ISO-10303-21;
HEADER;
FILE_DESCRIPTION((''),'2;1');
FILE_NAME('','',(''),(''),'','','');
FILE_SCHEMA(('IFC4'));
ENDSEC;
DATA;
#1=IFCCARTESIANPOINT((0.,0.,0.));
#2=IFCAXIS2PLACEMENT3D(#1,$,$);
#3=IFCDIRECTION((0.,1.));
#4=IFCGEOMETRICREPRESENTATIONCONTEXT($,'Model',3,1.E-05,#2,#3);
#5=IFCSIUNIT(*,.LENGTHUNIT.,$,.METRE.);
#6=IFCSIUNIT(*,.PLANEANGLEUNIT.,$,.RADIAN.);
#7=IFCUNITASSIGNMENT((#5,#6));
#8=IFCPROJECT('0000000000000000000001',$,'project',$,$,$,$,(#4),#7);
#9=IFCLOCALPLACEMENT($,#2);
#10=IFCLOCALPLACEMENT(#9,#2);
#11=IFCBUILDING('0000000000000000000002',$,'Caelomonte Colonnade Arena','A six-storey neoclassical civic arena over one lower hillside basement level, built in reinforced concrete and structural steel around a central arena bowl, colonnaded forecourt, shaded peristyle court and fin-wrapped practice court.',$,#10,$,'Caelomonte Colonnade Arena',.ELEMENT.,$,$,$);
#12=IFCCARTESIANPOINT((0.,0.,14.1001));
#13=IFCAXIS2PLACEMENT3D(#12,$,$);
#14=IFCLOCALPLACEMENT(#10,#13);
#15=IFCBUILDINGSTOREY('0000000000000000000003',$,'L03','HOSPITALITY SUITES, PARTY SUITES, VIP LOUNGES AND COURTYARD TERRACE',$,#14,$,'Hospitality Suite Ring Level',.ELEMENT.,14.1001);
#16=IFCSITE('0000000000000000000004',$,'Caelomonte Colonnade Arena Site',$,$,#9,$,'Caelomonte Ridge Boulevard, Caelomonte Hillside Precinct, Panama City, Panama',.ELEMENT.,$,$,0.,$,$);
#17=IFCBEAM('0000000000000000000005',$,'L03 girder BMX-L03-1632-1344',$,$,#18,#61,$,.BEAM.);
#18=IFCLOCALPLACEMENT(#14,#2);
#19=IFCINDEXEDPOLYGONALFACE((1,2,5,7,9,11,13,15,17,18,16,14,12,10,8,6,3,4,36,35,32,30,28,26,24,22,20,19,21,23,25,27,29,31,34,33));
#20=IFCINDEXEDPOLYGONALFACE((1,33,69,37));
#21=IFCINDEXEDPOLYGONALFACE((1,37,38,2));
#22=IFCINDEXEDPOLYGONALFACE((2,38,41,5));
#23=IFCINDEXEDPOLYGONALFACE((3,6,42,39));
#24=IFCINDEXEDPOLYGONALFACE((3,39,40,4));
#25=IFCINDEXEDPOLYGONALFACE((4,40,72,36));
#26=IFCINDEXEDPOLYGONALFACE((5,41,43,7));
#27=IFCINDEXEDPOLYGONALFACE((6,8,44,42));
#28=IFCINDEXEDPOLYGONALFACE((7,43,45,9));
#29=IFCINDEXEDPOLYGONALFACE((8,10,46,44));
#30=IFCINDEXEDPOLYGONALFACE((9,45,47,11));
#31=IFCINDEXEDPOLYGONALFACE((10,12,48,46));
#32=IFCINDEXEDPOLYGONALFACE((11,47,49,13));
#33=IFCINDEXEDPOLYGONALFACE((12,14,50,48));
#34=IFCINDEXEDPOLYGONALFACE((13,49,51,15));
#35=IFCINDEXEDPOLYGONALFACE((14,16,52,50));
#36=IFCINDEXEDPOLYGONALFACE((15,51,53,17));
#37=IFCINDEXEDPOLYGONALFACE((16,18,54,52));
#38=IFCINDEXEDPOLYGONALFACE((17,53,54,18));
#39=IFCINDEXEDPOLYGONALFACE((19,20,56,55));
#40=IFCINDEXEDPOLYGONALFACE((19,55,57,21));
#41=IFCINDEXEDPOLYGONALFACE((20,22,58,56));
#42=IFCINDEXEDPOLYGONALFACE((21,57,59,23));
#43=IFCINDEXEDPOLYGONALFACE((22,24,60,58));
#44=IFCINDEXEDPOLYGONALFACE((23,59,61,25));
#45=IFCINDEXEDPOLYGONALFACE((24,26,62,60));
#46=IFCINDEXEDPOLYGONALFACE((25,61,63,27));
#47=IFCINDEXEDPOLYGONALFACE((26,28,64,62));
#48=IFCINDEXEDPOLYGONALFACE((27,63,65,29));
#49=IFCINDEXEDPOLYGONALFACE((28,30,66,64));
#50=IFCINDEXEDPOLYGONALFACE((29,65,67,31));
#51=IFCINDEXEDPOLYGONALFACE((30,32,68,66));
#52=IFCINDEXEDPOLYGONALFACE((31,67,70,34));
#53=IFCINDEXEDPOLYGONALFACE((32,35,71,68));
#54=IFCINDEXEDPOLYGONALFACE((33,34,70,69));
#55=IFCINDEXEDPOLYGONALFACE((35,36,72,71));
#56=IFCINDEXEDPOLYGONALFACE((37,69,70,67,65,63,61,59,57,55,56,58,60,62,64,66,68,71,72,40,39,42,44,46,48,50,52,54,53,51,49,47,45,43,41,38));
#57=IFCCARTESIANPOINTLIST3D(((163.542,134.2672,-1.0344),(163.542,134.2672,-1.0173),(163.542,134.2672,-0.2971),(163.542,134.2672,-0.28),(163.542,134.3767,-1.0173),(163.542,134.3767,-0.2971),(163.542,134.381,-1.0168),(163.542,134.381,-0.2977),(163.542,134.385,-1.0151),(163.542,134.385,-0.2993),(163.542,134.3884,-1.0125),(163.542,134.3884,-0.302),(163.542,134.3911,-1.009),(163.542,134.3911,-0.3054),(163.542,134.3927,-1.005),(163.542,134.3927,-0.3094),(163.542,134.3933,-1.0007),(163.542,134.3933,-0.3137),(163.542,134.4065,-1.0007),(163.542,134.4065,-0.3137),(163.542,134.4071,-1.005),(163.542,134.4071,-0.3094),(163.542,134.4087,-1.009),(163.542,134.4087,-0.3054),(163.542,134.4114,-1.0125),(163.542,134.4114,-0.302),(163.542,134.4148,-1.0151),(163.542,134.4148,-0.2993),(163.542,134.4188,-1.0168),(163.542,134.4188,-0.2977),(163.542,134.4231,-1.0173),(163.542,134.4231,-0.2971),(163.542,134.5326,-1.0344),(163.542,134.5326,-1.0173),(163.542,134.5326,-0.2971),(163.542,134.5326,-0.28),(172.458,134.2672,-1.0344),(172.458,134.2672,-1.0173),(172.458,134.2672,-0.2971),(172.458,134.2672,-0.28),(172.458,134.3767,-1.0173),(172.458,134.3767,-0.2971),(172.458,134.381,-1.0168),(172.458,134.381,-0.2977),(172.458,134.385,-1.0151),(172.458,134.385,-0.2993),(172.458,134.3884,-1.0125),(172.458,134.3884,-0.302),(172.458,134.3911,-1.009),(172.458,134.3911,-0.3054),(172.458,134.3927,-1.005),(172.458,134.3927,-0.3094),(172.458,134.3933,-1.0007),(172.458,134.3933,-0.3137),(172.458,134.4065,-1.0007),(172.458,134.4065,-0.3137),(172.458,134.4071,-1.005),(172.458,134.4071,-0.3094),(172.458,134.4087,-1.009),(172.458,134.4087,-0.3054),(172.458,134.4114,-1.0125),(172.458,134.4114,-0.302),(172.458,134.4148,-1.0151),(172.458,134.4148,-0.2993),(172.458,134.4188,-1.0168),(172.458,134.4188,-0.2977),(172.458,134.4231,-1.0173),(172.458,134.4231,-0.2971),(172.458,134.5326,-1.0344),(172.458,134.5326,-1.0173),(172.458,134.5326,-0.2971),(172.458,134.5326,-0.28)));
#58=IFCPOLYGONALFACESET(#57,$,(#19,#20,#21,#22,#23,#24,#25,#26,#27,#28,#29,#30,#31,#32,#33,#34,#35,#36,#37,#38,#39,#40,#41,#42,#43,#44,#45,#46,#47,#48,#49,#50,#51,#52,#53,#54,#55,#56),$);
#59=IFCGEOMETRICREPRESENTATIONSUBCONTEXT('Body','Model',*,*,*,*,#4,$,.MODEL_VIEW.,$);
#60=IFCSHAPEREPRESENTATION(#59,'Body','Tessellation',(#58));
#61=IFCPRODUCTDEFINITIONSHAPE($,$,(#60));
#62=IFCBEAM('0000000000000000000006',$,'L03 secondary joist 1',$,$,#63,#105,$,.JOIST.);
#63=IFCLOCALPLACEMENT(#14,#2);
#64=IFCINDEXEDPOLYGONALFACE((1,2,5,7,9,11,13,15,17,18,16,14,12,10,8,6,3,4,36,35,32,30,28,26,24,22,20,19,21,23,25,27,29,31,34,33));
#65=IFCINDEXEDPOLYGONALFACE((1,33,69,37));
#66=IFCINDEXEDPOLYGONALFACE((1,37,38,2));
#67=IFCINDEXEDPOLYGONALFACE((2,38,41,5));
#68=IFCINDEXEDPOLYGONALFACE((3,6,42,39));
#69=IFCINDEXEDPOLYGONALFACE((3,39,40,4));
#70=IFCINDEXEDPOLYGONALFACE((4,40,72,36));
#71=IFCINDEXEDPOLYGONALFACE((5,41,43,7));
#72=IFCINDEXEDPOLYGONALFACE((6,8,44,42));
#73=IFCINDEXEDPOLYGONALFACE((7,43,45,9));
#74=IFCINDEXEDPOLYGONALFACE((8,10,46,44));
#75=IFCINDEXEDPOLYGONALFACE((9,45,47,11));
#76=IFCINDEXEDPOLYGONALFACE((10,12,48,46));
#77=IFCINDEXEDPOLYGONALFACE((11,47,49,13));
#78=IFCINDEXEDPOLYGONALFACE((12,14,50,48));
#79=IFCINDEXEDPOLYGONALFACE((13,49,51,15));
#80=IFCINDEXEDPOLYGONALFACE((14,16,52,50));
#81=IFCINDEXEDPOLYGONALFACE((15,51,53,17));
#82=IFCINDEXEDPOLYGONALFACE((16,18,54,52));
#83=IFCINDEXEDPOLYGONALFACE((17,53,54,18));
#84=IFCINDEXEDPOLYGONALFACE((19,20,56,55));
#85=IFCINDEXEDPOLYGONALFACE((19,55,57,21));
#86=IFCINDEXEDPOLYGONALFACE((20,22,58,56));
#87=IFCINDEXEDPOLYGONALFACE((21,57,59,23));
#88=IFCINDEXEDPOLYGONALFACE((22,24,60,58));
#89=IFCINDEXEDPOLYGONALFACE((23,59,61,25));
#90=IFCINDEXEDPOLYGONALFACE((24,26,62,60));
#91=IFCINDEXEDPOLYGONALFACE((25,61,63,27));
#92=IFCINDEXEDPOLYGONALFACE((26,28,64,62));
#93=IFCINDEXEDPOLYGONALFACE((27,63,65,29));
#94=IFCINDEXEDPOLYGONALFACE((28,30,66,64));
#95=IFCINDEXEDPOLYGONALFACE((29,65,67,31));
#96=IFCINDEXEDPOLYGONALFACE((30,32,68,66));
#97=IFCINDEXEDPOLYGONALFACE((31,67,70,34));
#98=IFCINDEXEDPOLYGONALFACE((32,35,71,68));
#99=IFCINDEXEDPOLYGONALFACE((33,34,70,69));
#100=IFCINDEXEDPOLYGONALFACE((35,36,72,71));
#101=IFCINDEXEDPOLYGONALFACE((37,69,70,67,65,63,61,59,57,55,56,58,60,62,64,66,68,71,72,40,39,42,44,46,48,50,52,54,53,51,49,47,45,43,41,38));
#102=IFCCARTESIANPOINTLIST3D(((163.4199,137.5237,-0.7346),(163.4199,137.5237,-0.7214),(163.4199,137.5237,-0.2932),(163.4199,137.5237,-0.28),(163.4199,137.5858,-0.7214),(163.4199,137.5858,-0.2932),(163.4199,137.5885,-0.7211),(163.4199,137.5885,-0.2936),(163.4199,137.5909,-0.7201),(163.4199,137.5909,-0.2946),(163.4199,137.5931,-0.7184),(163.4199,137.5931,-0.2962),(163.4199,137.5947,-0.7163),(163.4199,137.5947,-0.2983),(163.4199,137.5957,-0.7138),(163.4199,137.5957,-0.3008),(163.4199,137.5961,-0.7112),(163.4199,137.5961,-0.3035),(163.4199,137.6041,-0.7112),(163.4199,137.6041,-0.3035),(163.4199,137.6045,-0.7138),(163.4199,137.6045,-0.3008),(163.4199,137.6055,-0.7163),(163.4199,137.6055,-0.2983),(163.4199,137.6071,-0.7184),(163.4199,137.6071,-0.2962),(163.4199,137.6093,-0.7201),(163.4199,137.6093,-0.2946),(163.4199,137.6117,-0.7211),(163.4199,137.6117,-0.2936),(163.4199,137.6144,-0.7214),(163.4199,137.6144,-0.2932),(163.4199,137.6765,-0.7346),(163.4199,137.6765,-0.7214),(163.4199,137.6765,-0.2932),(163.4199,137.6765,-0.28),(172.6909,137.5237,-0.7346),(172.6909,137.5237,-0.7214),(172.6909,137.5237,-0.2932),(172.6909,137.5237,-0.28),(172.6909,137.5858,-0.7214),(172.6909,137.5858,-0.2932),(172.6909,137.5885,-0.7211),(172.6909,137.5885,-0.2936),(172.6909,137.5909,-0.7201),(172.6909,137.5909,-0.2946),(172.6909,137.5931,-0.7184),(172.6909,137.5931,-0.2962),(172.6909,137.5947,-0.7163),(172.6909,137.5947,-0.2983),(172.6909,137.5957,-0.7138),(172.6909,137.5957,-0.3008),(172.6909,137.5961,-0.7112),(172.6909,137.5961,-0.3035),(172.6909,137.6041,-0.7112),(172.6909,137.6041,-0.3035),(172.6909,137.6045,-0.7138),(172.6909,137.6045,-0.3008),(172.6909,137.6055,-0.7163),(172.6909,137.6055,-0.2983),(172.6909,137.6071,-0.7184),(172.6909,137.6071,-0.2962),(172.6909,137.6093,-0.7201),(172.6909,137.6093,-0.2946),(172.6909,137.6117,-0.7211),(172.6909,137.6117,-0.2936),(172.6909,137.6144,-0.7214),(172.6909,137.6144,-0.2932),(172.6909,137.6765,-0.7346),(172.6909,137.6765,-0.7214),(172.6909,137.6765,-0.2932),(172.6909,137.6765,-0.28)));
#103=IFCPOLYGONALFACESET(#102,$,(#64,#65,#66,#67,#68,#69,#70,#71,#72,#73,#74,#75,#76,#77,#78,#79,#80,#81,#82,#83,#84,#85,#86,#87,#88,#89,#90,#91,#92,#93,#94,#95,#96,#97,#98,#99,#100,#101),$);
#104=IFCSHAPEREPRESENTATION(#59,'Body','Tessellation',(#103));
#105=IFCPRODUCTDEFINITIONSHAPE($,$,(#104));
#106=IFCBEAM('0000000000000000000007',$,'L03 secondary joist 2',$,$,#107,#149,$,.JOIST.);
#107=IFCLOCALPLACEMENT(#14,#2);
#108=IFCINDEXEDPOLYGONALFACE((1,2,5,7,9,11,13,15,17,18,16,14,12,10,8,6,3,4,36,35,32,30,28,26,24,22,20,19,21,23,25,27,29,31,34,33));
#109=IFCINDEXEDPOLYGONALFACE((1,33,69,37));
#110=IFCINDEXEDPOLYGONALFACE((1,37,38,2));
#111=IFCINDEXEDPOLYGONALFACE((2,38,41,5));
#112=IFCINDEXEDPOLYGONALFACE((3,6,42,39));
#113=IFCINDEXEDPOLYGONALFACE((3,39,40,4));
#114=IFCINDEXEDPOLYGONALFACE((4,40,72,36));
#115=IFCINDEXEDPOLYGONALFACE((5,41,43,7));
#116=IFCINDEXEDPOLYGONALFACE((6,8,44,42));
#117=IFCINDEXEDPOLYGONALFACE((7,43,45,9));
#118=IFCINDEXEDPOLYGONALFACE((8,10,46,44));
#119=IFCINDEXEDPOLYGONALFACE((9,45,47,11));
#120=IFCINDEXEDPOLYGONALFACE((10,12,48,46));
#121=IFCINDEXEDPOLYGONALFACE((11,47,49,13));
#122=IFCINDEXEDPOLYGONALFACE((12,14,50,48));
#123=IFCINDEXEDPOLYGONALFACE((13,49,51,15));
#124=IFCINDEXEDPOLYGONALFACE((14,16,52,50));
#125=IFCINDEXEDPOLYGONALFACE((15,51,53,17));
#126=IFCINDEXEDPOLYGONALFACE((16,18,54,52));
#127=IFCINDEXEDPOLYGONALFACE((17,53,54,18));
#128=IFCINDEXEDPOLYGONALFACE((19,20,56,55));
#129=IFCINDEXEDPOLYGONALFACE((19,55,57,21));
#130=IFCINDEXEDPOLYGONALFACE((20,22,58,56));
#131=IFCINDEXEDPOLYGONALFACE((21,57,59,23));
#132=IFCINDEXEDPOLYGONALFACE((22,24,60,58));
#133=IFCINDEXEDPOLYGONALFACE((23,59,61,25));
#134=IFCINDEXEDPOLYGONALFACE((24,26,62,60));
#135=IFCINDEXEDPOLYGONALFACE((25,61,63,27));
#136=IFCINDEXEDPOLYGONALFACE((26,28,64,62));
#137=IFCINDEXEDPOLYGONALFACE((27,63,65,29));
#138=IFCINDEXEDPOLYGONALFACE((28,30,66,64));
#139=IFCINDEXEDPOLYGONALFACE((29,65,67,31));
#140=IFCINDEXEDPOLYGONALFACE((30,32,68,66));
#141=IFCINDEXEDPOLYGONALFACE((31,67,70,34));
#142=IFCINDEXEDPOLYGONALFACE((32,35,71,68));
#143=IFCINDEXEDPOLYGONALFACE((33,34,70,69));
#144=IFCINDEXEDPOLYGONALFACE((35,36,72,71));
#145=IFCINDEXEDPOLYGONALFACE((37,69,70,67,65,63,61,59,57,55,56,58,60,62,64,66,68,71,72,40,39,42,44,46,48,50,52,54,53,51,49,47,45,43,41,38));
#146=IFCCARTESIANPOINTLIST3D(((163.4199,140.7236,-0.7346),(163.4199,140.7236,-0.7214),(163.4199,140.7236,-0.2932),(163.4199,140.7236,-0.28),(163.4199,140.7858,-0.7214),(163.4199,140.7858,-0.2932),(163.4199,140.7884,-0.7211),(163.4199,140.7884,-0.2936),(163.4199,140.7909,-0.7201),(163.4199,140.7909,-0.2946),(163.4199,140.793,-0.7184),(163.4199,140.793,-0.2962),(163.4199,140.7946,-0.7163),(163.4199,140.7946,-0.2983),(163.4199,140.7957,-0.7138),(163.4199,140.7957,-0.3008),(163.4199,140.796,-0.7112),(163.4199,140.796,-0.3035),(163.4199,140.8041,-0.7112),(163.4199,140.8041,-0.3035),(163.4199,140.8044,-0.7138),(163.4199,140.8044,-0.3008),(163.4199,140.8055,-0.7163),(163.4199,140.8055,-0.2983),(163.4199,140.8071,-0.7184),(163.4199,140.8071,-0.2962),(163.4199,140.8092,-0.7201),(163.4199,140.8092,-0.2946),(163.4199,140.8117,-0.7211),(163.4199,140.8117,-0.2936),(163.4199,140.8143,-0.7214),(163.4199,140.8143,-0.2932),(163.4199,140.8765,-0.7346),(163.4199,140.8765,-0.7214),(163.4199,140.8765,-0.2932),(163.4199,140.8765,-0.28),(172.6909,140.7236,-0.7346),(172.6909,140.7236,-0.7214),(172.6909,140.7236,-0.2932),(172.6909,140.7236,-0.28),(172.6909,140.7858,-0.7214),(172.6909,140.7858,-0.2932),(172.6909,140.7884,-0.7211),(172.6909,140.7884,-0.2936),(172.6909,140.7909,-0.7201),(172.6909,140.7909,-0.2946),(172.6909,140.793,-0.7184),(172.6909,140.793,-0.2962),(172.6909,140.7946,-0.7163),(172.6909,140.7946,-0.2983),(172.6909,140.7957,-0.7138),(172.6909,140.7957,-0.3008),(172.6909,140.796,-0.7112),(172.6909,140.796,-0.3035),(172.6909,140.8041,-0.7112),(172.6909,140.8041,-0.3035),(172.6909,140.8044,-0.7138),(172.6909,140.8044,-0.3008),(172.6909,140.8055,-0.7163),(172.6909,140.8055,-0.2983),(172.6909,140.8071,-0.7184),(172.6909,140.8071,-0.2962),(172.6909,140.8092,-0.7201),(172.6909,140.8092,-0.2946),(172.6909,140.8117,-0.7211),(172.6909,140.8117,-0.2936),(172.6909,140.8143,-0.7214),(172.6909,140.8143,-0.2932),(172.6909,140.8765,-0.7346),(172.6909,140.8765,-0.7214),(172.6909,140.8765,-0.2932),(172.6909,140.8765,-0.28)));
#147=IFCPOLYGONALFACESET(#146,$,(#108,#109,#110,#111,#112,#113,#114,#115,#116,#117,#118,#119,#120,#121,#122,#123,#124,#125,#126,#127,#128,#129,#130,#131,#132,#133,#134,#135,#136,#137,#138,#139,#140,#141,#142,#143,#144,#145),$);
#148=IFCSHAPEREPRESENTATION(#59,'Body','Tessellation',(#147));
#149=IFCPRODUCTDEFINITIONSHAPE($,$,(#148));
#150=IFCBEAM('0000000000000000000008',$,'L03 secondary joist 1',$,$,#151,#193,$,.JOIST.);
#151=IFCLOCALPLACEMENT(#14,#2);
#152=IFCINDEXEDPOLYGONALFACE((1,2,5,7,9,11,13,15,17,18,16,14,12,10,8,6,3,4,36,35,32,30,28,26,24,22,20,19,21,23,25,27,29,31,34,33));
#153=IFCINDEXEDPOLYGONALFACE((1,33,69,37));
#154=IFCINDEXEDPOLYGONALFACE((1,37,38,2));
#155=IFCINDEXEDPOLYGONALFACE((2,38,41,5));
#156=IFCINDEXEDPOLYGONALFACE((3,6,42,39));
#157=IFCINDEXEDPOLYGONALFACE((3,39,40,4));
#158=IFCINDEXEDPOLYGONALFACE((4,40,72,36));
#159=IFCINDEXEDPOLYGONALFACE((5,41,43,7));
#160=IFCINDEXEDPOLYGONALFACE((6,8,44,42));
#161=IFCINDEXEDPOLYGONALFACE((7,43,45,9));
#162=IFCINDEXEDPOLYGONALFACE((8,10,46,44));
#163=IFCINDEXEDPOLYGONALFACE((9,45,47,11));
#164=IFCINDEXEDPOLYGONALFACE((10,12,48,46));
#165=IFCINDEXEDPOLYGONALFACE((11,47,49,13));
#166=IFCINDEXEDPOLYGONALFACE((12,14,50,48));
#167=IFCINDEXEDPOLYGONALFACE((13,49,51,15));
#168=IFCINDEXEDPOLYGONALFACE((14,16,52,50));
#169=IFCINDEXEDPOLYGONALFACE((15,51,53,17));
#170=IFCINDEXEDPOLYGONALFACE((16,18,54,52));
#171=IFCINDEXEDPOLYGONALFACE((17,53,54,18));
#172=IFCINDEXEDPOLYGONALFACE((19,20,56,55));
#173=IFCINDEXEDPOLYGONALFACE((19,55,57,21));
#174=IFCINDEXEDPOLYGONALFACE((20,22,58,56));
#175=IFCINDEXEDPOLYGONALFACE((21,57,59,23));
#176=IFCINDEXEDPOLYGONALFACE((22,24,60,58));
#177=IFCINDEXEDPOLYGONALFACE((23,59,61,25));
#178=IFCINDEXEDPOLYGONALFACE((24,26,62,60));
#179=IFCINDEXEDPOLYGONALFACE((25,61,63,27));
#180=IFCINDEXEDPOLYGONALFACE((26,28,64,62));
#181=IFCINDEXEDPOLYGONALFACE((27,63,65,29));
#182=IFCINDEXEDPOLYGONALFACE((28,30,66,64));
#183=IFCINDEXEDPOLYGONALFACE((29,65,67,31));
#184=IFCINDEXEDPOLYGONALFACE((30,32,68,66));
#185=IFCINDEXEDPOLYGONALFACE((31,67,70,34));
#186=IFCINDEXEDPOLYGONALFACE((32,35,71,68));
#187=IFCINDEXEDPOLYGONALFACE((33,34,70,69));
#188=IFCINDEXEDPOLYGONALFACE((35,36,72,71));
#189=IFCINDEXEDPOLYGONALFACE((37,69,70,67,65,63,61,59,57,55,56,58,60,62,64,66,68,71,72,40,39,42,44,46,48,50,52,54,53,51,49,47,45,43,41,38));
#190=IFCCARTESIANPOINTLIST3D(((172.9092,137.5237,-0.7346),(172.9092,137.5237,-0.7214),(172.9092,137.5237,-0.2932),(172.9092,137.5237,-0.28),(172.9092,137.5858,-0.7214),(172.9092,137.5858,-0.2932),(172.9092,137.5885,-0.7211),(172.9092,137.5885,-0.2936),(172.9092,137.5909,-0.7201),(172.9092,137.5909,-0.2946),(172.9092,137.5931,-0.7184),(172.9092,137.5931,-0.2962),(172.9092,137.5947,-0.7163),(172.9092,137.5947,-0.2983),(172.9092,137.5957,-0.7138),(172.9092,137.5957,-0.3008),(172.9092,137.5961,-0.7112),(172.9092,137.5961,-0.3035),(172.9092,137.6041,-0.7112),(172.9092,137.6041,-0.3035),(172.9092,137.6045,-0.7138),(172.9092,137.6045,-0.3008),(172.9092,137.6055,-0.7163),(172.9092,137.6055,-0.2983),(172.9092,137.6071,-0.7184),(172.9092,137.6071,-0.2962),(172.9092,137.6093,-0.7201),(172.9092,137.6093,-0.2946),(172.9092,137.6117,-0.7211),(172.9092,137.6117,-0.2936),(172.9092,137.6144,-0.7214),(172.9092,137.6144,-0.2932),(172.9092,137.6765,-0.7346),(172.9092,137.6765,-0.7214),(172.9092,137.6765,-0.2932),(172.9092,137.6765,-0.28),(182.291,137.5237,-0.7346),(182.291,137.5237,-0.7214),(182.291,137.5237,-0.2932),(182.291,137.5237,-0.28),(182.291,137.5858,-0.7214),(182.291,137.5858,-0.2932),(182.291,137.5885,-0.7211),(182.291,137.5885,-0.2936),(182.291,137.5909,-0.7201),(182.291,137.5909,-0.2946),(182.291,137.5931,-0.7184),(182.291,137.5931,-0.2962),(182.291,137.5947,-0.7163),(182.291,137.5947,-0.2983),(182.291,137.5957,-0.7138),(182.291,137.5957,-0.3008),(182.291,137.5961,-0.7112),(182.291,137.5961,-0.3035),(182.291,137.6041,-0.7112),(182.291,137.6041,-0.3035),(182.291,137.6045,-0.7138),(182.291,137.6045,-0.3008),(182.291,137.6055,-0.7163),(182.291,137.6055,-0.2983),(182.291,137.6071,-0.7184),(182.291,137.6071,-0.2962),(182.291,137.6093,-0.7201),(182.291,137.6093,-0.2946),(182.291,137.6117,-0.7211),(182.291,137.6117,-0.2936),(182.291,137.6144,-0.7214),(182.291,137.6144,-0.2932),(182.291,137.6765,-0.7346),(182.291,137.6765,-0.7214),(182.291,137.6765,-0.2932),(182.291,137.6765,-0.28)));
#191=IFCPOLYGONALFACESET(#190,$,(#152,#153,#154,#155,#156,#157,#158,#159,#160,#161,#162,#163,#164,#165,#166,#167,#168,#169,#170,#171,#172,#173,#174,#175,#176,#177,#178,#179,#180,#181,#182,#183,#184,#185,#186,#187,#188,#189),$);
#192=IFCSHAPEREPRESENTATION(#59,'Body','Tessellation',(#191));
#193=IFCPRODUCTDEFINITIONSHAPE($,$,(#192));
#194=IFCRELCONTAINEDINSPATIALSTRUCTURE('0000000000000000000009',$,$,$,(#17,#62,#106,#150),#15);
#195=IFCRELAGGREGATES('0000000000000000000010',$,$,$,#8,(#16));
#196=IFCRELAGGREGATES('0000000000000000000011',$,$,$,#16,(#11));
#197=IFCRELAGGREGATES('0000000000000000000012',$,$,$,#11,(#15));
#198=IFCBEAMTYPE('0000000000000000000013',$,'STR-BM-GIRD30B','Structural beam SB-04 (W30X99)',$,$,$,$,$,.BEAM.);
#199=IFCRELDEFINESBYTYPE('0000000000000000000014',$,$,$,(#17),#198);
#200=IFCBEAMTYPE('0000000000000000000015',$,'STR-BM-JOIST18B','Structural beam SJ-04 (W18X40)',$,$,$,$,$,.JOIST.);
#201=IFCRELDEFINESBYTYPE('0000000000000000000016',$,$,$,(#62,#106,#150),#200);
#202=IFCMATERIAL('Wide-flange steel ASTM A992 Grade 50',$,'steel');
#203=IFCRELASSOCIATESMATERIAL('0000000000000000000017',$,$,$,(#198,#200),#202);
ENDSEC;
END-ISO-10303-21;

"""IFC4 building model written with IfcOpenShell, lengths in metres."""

from ifc_helpers import new_model, si_unit, direction, frame, origin, origin_2d, place, context, subcontext, project, spatial, i_section, extrude, material, material_profile, profile_set, type_object, element, save


model = new_model("IFC4")

# Units and contexts
model_context = context("Model", 3, precision=1e-05, world=origin(), true_north=direction((0.0, 1.0)))
body_context = subcontext(model_context, "Body", "Model", "MODEL_VIEW")
ifc_project = project(units=[si_unit("LENGTHUNIT", "METRE"), si_unit("PLANEANGLEUNIT", "RADIAN")], contexts=[model_context])

# Site, building, storey
site_placement = place(None, origin())
site = spatial("IfcSite", under=ifc_project, at=site_placement, Name="Caelomonte Colonnade Arena Site", LongName="Caelomonte Ridge Boulevard, Caelomonte Hillside Precinct, Panama City, Panama", CompositionType="ELEMENT", RefElevation=0.0)
building_placement = place(site_placement, origin())
building = spatial("IfcBuilding", under=site, at=building_placement, Name="Caelomonte Colonnade Arena", Description="A six-storey neoclassical civic arena over one lower hillside basement level, built in reinforced concrete and structural steel around a central arena bowl, colonnaded forecourt, shaded peristyle court and fin-wrapped practice court.", LongName="Caelomonte Colonnade Arena", CompositionType="ELEMENT")
storey_placement = place(building_placement, frame((0.0, 0.0, 14.1001)))
storey = spatial("IfcBuildingStorey", under=building, at=storey_placement, Name="L03", Description="HOSPITALITY SUITES, PARTY SUITES, VIP LOUNGES AND COURTYARD TERRACE", LongName="Hospitality Suite Ring Level", CompositionType="ELEMENT", Elevation=14.1001)

# Beams
ifc_material_1 = material(Name="Wide-flange steel ASTM A992 Grade 50", Category="steel")
ifc_material_profile_1 = material_profile(ifc_material_1, i_section(OverallWidth=0.2654, OverallDepth=0.7544, WebThickness=0.0132, FlangeThickness=0.0171, FilletRadius=0.0166, at=origin_2d()), Name="W30X99")
ifc_profile_set_1 = profile_set([ifc_material_profile_1], Name="Wide-flange steel ASTM A992 Grade 50")
beam_type_1 = type_object("IfcBeamType", Name="STR-BM-GIRD30B", Description="Structural beam SB-04 (W30X99)", PredefinedType="BEAM", material=ifc_profile_set_1)
beam_1_placement = place(storey_placement, frame((163.542, 134.3999, -0.6572), z_axis=(1.0, 0.0, 0.0), x_axis=(0.0, 1.0, 0.0)))
element("IfcBeam", 1, at=beam_1_placement, inside=storey, type_object=beam_type_1, Name="L03 girder BMX-L03-1632-1344", PredefinedType="BEAM", context=body_context, shape_type="SweptSolid", body=[
    extrude(i_section(OverallWidth=0.2654, OverallDepth=0.7544, WebThickness=0.0132, FlangeThickness=0.0171, FilletRadius=0.0166, at=origin_2d()), origin(), (0.0, 0.0, 1.0), 8.916),
])
ifc_material_profile_2 = material_profile(ifc_material_1, i_section(OverallWidth=0.1528, OverallDepth=0.4546, WebThickness=0.0081, FlangeThickness=0.0132, FilletRadius=0.0103, at=origin_2d()), Name="W18X40")
ifc_profile_set_2 = profile_set([ifc_material_profile_2], Name="Wide-flange steel ASTM A992 Grade 50")
beam_type_2 = type_object("IfcBeamType", Name="STR-BM-JOIST18B", Description="Structural beam SJ-04 (W18X40)", PredefinedType="JOIST", material=ifc_profile_set_2)
for number, where, z_axis, x_axis, name in (
    (2, (163.4199, 137.6001, -0.5073), (1.0, 0.0, 0.0), (0.0, 1.0, 0.0), "L03 secondary joist 1"),
    (3, (163.4199, 140.8, -0.5073), (1.0, 0.0, 0.0), (0.0, 1.0, 0.0), "L03 secondary joist 2"),
):
    element("IfcBeam", number, at=place(storey_placement, frame(where, z_axis=z_axis, x_axis=x_axis)), inside=storey, type_object=beam_type_2, Name=name, PredefinedType="JOIST", context=body_context, shape_type="SweptSolid", body=[
        extrude(i_section(OverallWidth=0.1528, OverallDepth=0.4546, WebThickness=0.0081, FlangeThickness=0.0132, FilletRadius=0.0103, at=origin_2d()), origin(), (0.0, 0.0, 1.0), 9.271),
    ])
beam_2_placement = place(storey_placement, frame((172.9092, 137.6001, -0.5073), z_axis=(1.0, 0.0, 0.0), x_axis=(0.0, 1.0, 0.0)))
element("IfcBeam", 4, at=beam_2_placement, inside=storey, type_object=beam_type_2, Name="L03 secondary joist 1", PredefinedType="JOIST", context=body_context, shape_type="SweptSolid", body=[
    extrude(i_section(OverallWidth=0.1528, OverallDepth=0.4546, WebThickness=0.0081, FlangeThickness=0.0132, FilletRadius=0.0103, at=origin_2d()), origin(), (0.0, 0.0, 1.0), 9.3818),
])

save(model, "model.ifc")
